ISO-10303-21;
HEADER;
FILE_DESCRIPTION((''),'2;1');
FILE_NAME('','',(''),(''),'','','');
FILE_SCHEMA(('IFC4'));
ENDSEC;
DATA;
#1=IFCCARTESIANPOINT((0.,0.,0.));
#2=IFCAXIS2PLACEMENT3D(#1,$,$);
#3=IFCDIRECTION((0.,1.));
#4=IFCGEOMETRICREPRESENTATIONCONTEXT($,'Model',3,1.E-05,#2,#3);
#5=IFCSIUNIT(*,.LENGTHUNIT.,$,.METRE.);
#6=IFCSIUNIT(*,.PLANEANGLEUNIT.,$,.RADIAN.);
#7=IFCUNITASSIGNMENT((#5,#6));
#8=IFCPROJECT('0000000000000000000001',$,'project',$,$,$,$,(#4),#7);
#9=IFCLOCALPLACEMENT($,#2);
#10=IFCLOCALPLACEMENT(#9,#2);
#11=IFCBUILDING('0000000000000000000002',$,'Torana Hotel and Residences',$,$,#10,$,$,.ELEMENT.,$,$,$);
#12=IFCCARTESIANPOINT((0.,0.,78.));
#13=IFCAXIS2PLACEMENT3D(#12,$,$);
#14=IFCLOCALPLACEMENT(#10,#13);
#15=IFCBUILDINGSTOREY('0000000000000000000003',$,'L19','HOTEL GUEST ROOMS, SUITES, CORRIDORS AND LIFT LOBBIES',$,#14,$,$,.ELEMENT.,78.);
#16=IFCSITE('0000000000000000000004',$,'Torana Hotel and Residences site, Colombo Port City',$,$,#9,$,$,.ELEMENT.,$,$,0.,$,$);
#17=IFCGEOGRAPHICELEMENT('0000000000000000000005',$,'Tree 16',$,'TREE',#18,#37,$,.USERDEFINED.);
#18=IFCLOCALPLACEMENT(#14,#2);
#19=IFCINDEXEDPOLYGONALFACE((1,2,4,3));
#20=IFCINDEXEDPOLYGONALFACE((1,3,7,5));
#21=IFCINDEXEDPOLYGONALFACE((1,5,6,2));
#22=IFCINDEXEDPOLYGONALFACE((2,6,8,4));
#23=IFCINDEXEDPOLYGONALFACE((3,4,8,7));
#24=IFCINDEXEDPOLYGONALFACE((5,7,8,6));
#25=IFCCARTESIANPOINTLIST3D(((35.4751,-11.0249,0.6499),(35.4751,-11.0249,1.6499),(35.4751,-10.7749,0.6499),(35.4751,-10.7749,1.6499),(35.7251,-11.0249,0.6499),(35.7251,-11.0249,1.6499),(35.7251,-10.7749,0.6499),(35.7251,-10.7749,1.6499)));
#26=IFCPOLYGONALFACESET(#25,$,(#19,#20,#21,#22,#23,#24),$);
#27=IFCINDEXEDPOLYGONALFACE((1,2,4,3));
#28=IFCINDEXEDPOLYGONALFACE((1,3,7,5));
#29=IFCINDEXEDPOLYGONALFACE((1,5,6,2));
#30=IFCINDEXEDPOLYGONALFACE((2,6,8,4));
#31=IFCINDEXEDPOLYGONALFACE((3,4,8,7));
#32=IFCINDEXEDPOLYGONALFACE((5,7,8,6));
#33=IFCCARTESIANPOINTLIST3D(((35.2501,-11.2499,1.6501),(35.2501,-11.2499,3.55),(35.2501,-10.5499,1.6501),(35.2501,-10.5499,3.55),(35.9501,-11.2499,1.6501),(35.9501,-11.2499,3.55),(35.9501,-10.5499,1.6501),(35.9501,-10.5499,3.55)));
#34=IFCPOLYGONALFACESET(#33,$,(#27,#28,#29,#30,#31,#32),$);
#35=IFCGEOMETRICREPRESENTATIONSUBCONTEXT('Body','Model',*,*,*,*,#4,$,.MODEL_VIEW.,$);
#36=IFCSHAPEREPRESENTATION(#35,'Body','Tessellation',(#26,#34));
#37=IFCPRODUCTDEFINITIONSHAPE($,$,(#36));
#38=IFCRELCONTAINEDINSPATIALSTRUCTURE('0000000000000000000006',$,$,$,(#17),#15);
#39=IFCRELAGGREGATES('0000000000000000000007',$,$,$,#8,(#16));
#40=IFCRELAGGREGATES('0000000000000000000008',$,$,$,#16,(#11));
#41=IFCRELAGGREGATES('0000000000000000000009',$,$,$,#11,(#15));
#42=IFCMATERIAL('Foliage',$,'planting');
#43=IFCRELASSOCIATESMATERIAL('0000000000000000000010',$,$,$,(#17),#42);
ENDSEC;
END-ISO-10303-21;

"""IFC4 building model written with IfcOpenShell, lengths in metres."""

from ifc_helpers import new_model, si_unit, direction, frame, origin, origin_2d, place, context, subcontext, project, spatial, rectangle, extrude, material, element, save


model = new_model("IFC4")

# Units and contexts
model_context = context("Model", 3, precision=1e-05, world=origin(), true_north=direction((0.0, 1.0)))
body_context = subcontext(model_context, "Body", "Model", "MODEL_VIEW")
ifc_project = project(units=[si_unit("LENGTHUNIT", "METRE"), si_unit("PLANEANGLEUNIT", "RADIAN")], contexts=[model_context])

# Site, building, storey
site_placement = place(None, origin())
site = spatial("IfcSite", under=ifc_project, at=site_placement, Name="Torana Hotel and Residences site, Colombo Port City", CompositionType="ELEMENT", RefElevation=0.0)
building_placement = place(site_placement, origin())
building = spatial("IfcBuilding", under=site, at=building_placement, Name="Torana Hotel and Residences", CompositionType="ELEMENT")
storey_placement = place(building_placement, frame((0.0, 0.0, 78.0)))
storey = spatial("IfcBuildingStorey", under=building, at=storey_placement, Name="L19", Description="HOTEL GUEST ROOMS, SUITES, CORRIDORS AND LIFT LOBBIES", CompositionType="ELEMENT", Elevation=78.0)

# Geographic element
ifc_material_1 = material(Name="Foliage", Category="planting")
geographic_element_placement = place(storey_placement, frame((35.6001, -10.8999, 0.6499), z_axis=(0.0, 0.0, 1.0), x_axis=(1.0, 0.0, 0.0)))
element("IfcGeographicElement", 1, at=geographic_element_placement, inside=storey, material=ifc_material_1, Name="Tree 16", ObjectType="TREE", PredefinedType="USERDEFINED", context=body_context, shape_type="SweptSolid", body=[
    extrude(rectangle(XDim=0.25, YDim=0.25, at=origin_2d()), origin(), (0.0, 0.0, 1.0), 1.0),
    extrude(rectangle(XDim=0.7, YDim=0.7, at=origin_2d()), frame((0.0, 0.0, 1.0002)), (0.0, 0.0, 1.0), 1.8999),
])

save(model, "model.ifc")
